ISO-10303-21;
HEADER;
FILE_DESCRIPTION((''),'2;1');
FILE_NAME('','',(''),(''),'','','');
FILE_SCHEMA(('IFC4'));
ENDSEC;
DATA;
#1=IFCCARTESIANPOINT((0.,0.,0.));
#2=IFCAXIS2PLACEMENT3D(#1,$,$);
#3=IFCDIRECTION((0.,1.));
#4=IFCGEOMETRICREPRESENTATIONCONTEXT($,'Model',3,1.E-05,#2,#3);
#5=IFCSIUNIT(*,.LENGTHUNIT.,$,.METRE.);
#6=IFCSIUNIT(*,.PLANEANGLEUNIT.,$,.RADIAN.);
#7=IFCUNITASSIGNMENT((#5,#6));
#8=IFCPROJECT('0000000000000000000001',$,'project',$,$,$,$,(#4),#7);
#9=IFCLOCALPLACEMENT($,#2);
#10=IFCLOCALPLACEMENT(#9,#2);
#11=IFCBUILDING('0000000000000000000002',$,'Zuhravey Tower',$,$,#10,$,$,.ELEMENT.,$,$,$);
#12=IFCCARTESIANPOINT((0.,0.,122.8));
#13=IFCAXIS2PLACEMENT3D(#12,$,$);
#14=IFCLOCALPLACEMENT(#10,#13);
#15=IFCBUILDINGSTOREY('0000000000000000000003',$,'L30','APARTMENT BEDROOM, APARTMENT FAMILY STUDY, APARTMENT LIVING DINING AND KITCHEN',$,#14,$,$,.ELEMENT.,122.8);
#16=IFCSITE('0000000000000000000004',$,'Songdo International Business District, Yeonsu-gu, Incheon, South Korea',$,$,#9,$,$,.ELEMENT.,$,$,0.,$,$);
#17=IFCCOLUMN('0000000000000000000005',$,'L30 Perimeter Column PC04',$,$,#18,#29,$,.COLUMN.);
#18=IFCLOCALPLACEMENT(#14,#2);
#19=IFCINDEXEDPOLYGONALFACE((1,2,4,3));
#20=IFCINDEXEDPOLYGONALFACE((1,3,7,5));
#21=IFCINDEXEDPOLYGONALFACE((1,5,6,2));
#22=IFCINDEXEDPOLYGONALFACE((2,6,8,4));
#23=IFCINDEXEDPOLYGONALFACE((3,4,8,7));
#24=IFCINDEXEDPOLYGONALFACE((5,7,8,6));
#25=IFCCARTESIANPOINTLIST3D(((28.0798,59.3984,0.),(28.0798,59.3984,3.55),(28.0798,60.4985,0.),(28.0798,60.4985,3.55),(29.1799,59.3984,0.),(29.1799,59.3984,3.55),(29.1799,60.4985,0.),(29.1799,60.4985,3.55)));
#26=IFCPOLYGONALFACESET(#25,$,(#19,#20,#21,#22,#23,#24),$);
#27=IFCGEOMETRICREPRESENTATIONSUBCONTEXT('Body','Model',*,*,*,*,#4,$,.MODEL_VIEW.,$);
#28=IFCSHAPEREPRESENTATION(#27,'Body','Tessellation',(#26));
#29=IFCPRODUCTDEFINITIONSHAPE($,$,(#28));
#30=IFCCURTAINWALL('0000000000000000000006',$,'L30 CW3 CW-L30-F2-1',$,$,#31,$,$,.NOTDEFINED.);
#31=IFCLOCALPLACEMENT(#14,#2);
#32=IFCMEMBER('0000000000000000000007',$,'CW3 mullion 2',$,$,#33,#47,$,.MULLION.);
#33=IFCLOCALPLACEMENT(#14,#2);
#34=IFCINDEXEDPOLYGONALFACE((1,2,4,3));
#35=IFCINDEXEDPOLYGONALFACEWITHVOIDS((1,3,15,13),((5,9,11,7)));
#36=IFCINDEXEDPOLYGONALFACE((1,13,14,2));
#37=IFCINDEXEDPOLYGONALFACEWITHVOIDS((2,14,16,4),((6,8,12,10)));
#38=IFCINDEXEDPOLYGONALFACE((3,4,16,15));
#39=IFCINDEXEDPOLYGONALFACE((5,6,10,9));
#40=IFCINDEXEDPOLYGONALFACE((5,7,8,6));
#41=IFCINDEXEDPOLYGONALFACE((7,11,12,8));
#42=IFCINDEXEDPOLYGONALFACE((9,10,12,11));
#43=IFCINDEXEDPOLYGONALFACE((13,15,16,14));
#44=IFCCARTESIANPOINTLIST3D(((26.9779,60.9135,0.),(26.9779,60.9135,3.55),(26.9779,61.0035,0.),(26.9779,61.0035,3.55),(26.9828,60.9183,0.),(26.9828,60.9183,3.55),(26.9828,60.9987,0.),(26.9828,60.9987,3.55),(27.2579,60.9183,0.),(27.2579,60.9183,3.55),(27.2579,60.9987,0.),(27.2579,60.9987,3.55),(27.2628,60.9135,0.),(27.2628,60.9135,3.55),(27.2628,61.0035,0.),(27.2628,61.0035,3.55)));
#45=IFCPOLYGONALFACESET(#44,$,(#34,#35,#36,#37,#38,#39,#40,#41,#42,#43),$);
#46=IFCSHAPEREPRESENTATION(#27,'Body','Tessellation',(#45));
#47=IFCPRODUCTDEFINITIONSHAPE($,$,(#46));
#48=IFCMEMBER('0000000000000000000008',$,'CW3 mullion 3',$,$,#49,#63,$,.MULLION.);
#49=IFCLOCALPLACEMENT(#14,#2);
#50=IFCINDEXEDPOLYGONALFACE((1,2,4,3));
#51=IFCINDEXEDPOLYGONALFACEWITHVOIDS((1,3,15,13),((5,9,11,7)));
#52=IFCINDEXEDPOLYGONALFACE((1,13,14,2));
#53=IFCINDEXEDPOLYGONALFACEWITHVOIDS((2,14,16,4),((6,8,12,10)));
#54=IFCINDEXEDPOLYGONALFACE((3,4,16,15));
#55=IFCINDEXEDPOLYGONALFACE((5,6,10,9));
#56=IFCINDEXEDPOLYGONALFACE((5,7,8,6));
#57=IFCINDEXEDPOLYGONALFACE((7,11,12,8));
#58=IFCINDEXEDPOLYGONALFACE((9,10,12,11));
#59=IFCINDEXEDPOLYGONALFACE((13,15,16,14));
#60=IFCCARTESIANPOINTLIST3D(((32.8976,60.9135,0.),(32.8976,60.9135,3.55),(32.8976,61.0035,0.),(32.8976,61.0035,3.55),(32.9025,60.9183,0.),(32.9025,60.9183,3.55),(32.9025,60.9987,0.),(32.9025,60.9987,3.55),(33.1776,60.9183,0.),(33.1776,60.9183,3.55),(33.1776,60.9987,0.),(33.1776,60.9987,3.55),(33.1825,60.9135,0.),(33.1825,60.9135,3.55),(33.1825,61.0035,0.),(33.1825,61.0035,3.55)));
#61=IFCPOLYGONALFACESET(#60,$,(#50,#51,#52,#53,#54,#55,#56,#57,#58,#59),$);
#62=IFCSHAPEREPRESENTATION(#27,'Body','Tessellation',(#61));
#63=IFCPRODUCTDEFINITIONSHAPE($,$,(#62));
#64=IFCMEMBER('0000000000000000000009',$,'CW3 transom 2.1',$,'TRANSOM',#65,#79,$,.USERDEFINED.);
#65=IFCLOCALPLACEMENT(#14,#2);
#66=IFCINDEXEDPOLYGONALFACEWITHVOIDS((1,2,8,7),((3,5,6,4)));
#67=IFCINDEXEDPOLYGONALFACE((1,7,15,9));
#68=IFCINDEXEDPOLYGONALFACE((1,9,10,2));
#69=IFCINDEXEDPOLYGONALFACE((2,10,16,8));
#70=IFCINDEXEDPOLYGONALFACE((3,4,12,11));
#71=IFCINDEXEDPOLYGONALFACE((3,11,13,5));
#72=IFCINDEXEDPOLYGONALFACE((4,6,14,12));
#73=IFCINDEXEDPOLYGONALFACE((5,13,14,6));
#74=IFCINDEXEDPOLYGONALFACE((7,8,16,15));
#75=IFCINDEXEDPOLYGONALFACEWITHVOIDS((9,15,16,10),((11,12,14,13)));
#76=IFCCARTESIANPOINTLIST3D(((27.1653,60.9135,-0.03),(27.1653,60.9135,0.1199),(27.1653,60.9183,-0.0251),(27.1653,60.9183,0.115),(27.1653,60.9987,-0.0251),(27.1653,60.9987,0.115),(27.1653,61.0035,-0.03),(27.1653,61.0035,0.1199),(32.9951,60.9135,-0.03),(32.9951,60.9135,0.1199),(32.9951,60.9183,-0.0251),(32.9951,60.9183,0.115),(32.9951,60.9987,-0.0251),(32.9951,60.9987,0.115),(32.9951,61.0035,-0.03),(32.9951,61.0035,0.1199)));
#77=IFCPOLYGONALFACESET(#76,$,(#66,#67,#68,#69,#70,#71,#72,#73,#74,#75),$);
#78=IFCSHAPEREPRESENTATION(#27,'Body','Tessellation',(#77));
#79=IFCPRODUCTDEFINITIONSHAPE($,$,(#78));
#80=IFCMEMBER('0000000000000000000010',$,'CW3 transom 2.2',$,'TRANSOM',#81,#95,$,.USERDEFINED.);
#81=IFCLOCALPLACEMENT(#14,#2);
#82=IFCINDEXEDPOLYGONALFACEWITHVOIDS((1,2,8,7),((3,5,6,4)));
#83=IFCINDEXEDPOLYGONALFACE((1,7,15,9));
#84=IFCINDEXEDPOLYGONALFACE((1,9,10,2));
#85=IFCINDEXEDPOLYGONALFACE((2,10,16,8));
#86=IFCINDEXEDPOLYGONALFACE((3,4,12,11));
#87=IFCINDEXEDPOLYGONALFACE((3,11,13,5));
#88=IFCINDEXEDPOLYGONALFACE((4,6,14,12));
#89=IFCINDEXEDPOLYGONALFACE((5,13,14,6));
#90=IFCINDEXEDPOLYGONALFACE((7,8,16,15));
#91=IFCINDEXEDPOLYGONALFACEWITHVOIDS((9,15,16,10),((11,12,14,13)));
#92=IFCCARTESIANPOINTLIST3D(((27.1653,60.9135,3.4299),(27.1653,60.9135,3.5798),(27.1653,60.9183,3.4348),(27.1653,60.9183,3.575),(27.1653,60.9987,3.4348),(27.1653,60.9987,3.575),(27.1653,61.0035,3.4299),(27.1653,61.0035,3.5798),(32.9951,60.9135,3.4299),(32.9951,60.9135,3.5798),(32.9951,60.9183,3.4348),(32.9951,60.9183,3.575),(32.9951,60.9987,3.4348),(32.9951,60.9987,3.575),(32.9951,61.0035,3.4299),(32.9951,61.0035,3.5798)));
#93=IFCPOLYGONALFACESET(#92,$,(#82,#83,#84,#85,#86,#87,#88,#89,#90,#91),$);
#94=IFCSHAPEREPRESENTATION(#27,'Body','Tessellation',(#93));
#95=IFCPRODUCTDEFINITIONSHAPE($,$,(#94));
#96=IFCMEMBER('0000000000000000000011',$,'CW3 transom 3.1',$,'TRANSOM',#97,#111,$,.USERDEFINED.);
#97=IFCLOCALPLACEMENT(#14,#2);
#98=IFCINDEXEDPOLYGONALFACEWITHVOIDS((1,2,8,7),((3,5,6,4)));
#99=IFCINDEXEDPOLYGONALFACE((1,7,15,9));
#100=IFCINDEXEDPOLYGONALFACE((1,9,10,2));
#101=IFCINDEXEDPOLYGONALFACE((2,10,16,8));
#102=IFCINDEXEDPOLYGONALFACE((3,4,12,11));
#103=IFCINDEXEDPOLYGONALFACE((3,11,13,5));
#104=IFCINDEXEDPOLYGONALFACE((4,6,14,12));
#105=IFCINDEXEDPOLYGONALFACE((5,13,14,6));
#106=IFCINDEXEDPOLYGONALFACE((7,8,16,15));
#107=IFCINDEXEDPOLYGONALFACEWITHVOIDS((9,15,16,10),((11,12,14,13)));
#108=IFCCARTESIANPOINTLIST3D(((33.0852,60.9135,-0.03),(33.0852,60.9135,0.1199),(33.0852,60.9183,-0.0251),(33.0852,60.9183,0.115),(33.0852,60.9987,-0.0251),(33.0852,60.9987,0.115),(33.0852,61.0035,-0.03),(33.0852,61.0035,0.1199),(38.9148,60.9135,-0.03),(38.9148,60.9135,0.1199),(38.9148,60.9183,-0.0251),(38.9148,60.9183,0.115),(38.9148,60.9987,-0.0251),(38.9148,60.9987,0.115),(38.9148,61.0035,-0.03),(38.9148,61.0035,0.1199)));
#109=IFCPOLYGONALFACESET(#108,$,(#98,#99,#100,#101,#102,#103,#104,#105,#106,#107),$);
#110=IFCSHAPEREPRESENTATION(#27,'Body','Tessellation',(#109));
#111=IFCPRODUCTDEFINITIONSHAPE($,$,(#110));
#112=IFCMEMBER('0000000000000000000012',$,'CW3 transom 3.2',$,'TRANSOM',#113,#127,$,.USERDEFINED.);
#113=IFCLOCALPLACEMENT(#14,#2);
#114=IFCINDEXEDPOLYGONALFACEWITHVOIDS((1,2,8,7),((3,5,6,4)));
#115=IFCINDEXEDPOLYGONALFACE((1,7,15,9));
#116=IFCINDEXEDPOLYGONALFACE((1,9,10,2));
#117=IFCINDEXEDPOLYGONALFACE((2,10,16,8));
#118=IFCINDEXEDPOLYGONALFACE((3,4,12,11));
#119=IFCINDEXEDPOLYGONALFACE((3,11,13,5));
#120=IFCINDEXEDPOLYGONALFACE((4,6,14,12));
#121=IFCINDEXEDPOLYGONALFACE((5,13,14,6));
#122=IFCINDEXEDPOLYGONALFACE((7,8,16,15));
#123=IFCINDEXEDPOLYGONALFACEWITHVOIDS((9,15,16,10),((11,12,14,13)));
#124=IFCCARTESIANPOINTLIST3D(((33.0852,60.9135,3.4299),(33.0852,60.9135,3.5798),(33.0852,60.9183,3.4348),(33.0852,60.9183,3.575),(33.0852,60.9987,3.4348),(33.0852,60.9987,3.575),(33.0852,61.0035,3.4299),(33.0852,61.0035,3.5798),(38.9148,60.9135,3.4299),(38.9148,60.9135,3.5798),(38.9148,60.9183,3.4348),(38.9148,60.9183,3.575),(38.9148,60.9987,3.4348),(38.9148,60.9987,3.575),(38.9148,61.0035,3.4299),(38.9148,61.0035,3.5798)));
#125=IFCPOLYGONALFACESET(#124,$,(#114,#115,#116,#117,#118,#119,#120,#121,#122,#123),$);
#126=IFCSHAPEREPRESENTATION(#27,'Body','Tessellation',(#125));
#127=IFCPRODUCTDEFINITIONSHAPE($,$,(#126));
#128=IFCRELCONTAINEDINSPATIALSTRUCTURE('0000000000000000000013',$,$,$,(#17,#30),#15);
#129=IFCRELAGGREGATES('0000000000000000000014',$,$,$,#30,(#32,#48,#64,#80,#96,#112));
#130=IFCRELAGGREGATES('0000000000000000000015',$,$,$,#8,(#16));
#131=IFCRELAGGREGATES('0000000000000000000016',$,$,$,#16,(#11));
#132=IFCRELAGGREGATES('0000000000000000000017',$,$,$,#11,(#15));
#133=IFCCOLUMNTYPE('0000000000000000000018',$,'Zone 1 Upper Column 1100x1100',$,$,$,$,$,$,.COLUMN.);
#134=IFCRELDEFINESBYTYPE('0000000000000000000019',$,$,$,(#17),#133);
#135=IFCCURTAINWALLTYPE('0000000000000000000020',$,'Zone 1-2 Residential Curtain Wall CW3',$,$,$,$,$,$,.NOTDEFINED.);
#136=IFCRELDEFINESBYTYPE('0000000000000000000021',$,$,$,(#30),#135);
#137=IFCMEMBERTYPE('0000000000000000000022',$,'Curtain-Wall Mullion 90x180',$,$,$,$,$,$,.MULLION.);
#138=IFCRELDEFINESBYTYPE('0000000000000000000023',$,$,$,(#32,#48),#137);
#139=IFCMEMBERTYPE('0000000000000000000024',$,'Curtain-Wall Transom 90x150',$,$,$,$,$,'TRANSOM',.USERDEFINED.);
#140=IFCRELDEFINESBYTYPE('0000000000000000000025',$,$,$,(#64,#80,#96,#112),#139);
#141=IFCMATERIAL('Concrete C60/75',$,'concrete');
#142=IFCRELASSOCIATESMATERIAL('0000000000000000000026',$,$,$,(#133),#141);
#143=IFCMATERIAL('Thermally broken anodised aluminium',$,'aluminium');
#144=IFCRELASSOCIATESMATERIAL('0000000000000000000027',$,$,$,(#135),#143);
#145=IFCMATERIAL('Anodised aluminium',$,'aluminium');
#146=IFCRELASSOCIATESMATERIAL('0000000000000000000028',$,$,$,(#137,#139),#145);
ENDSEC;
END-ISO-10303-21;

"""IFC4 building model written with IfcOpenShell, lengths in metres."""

from ifc_helpers import new_model, si_unit, direction, frame, origin, origin_2d, place, context, subcontext, project, spatial, rectangle, hollow_rectangle, extrude, material, material_profile, profile_set, type_object, element, aggregate, save


model = new_model("IFC4")

# Units and contexts
model_context = context("Model", 3, precision=1e-05, world=origin(), true_north=direction((0.0, 1.0)))
body_context = subcontext(model_context, "Body", "Model", "MODEL_VIEW")
ifc_project = project(units=[si_unit("LENGTHUNIT", "METRE"), si_unit("PLANEANGLEUNIT", "RADIAN")], contexts=[model_context])

# Site, building, storey
site_placement = place(None, origin())
site = spatial("IfcSite", under=ifc_project, at=site_placement, Name="Songdo International Business District, Yeonsu-gu, Incheon, South Korea", CompositionType="ELEMENT", RefElevation=0.0)
building_placement = place(site_placement, origin())
building = spatial("IfcBuilding", under=site, at=building_placement, Name="Zuhravey Tower", CompositionType="ELEMENT")
storey_placement = place(building_placement, frame((0.0, 0.0, 122.8)))
storey = spatial("IfcBuildingStorey", under=building, at=storey_placement, Name="L30", Description="APARTMENT BEDROOM, APARTMENT FAMILY STUDY, APARTMENT LIVING DINING AND KITCHEN", CompositionType="ELEMENT", Elevation=122.8)

# Column
ifc_material_1 = material(Name="Concrete C60/75", Category="concrete")
ifc_material_profile_1 = material_profile(ifc_material_1, rectangle(XDim=1.1001, YDim=1.1001, at=origin_2d()), Name="RC-1100x1100")
ifc_profile_set_1 = profile_set([ifc_material_profile_1], Name="Concrete C60/75")
column_type = type_object("IfcColumnType", Name="Zone 1 Upper Column 1100x1100", PredefinedType="COLUMN", material=ifc_profile_set_1)
column_placement = place(storey_placement, frame((28.6299, 59.9485, 0.0), z_axis=(0.0, 0.0, 1.0), x_axis=(-1.0, 0.0, 0.0)))
element("IfcColumn", 1, at=column_placement, inside=storey, type_object=column_type, Name="L30 Perimeter Column PC04", PredefinedType="COLUMN", context=body_context, shape_type="SweptSolid", body=[
    extrude(rectangle(XDim=1.1001, YDim=1.1001, at=origin_2d()), origin(), (0.0, 0.0, 1.0), 3.55),
])

# Curtain wall, members
ifc_material_2 = material(Name="Thermally broken anodised aluminium", Category="aluminium")
curtain_wall_type = type_object("IfcCurtainWallType", Name="Zone 1-2 Residential Curtain Wall CW3", PredefinedType="NOTDEFINED", material=ifc_material_2)
curtain_wall_placement = place(storey_placement, origin())
curtain_wall = element("IfcCurtainWall", 2, at=curtain_wall_placement, inside=storey, type_object=curtain_wall_type, Name="L30 CW3 CW-L30-F2-1", PredefinedType="NOTDEFINED")
ifc_material_3 = material(Name="Anodised aluminium", Category="aluminium")
ifc_material_profile_2 = material_profile(ifc_material_3, hollow_rectangle(XDim=0.0901, YDim=0.2849, WallThickness=0.0049, at=origin_2d()), Name="ALU-RHS-90x285x5")
ifc_profile_set_2 = profile_set([ifc_material_profile_2], Name="Anodised aluminium")
member_type_1 = type_object("IfcMemberType", Name="Curtain-Wall Mullion 90x180", PredefinedType="MULLION", material=ifc_profile_set_2)
member_1_placement = place(storey_placement, frame((27.1204, 60.9585, 0.0), z_axis=(0.0, 0.0, 1.0), x_axis=(0.0, 1.0, 0.0)))
member_1 = element("IfcMember", 3, at=member_1_placement, type_object=member_type_1, Name="CW3 mullion 2", PredefinedType="MULLION", context=body_context, shape_type="SweptSolid", body=[
    extrude(hollow_rectangle(XDim=0.0901, YDim=0.2849, WallThickness=0.0049, at=origin_2d()), origin(), (0.0, 0.0, 1.0), 3.55),
])
member_2_placement = place(storey_placement, frame((33.04, 60.9585, 0.0), z_axis=(0.0, 0.0, 1.0), x_axis=(0.0, 1.0, 0.0)))
member_2 = element("IfcMember", 4, at=member_2_placement, type_object=member_type_1, Name="CW3 mullion 3", PredefinedType="MULLION", context=body_context, shape_type="SweptSolid", body=[
    extrude(hollow_rectangle(XDim=0.0901, YDim=0.2849, WallThickness=0.0049, at=origin_2d()), origin(), (0.0, 0.0, 1.0), 3.55),
])
ifc_material_profile_3 = material_profile(ifc_material_3, hollow_rectangle(XDim=0.0901, YDim=0.1499, WallThickness=0.0049, at=origin_2d()), Name="ALU-RHS-90x150x5")
ifc_profile_set_3 = profile_set([ifc_material_profile_3], Name="Anodised aluminium")
member_type_2 = type_object("IfcMemberType", Name="Curtain-Wall Transom 90x150", ElementType="TRANSOM", PredefinedType="USERDEFINED", material=ifc_profile_set_3)
member_3_placement = place(storey_placement, frame((27.1653, 60.9585, 0.0449), z_axis=(1.0, 0.0, 0.0), x_axis=(0.0, 1.0, 0.0)))
member_3 = element("IfcMember", 5, at=member_3_placement, type_object=member_type_2, Name="CW3 transom 2.1", ObjectType="TRANSOM", PredefinedType="USERDEFINED", context=body_context, shape_type="SweptSolid", body=[
    extrude(hollow_rectangle(XDim=0.0901, YDim=0.1499, WallThickness=0.0049, at=origin_2d()), origin(), (0.0, 0.0, 1.0), 5.8298),
])
member_4_placement = place(storey_placement, frame((27.1653, 60.9585, 3.5049), z_axis=(1.0, 0.0, 0.0), x_axis=(0.0, 1.0, 0.0)))
member_4 = element("IfcMember", 6, at=member_4_placement, type_object=member_type_2, Name="CW3 transom 2.2", ObjectType="TRANSOM", PredefinedType="USERDEFINED", context=body_context, shape_type="SweptSolid", body=[
    extrude(hollow_rectangle(XDim=0.0901, YDim=0.1499, WallThickness=0.0049, at=origin_2d()), origin(), (0.0, 0.0, 1.0), 5.8298),
])
member_5_placement = place(storey_placement, frame((33.0852, 60.9585, 0.0449), z_axis=(1.0, 0.0, 0.0), x_axis=(0.0, 1.0, 0.0)))
member_5 = element("IfcMember", 7, at=member_5_placement, type_object=member_type_2, Name="CW3 transom 3.1", ObjectType="TRANSOM", PredefinedType="USERDEFINED", context=body_context, shape_type="SweptSolid", body=[
    extrude(hollow_rectangle(XDim=0.0901, YDim=0.1499, WallThickness=0.0049, at=origin_2d()), origin(), (0.0, 0.0, 1.0), 5.8296),
])
member_6_placement = place(storey_placement, frame((33.0852, 60.9585, 3.5049), z_axis=(1.0, 0.0, 0.0), x_axis=(0.0, 1.0, 0.0)))
member_6 = element("IfcMember", 8, at=member_6_placement, type_object=member_type_2, Name="CW3 transom 3.2", ObjectType="TRANSOM", PredefinedType="USERDEFINED", context=body_context, shape_type="SweptSolid", body=[
    extrude(hollow_rectangle(XDim=0.0901, YDim=0.1499, WallThickness=0.0049, at=origin_2d()), origin(), (0.0, 0.0, 1.0), 5.8296),
])

aggregate(curtain_wall, [member_1, member_2, member_3, member_4, member_5, member_6])

save(model, "model.ifc")
